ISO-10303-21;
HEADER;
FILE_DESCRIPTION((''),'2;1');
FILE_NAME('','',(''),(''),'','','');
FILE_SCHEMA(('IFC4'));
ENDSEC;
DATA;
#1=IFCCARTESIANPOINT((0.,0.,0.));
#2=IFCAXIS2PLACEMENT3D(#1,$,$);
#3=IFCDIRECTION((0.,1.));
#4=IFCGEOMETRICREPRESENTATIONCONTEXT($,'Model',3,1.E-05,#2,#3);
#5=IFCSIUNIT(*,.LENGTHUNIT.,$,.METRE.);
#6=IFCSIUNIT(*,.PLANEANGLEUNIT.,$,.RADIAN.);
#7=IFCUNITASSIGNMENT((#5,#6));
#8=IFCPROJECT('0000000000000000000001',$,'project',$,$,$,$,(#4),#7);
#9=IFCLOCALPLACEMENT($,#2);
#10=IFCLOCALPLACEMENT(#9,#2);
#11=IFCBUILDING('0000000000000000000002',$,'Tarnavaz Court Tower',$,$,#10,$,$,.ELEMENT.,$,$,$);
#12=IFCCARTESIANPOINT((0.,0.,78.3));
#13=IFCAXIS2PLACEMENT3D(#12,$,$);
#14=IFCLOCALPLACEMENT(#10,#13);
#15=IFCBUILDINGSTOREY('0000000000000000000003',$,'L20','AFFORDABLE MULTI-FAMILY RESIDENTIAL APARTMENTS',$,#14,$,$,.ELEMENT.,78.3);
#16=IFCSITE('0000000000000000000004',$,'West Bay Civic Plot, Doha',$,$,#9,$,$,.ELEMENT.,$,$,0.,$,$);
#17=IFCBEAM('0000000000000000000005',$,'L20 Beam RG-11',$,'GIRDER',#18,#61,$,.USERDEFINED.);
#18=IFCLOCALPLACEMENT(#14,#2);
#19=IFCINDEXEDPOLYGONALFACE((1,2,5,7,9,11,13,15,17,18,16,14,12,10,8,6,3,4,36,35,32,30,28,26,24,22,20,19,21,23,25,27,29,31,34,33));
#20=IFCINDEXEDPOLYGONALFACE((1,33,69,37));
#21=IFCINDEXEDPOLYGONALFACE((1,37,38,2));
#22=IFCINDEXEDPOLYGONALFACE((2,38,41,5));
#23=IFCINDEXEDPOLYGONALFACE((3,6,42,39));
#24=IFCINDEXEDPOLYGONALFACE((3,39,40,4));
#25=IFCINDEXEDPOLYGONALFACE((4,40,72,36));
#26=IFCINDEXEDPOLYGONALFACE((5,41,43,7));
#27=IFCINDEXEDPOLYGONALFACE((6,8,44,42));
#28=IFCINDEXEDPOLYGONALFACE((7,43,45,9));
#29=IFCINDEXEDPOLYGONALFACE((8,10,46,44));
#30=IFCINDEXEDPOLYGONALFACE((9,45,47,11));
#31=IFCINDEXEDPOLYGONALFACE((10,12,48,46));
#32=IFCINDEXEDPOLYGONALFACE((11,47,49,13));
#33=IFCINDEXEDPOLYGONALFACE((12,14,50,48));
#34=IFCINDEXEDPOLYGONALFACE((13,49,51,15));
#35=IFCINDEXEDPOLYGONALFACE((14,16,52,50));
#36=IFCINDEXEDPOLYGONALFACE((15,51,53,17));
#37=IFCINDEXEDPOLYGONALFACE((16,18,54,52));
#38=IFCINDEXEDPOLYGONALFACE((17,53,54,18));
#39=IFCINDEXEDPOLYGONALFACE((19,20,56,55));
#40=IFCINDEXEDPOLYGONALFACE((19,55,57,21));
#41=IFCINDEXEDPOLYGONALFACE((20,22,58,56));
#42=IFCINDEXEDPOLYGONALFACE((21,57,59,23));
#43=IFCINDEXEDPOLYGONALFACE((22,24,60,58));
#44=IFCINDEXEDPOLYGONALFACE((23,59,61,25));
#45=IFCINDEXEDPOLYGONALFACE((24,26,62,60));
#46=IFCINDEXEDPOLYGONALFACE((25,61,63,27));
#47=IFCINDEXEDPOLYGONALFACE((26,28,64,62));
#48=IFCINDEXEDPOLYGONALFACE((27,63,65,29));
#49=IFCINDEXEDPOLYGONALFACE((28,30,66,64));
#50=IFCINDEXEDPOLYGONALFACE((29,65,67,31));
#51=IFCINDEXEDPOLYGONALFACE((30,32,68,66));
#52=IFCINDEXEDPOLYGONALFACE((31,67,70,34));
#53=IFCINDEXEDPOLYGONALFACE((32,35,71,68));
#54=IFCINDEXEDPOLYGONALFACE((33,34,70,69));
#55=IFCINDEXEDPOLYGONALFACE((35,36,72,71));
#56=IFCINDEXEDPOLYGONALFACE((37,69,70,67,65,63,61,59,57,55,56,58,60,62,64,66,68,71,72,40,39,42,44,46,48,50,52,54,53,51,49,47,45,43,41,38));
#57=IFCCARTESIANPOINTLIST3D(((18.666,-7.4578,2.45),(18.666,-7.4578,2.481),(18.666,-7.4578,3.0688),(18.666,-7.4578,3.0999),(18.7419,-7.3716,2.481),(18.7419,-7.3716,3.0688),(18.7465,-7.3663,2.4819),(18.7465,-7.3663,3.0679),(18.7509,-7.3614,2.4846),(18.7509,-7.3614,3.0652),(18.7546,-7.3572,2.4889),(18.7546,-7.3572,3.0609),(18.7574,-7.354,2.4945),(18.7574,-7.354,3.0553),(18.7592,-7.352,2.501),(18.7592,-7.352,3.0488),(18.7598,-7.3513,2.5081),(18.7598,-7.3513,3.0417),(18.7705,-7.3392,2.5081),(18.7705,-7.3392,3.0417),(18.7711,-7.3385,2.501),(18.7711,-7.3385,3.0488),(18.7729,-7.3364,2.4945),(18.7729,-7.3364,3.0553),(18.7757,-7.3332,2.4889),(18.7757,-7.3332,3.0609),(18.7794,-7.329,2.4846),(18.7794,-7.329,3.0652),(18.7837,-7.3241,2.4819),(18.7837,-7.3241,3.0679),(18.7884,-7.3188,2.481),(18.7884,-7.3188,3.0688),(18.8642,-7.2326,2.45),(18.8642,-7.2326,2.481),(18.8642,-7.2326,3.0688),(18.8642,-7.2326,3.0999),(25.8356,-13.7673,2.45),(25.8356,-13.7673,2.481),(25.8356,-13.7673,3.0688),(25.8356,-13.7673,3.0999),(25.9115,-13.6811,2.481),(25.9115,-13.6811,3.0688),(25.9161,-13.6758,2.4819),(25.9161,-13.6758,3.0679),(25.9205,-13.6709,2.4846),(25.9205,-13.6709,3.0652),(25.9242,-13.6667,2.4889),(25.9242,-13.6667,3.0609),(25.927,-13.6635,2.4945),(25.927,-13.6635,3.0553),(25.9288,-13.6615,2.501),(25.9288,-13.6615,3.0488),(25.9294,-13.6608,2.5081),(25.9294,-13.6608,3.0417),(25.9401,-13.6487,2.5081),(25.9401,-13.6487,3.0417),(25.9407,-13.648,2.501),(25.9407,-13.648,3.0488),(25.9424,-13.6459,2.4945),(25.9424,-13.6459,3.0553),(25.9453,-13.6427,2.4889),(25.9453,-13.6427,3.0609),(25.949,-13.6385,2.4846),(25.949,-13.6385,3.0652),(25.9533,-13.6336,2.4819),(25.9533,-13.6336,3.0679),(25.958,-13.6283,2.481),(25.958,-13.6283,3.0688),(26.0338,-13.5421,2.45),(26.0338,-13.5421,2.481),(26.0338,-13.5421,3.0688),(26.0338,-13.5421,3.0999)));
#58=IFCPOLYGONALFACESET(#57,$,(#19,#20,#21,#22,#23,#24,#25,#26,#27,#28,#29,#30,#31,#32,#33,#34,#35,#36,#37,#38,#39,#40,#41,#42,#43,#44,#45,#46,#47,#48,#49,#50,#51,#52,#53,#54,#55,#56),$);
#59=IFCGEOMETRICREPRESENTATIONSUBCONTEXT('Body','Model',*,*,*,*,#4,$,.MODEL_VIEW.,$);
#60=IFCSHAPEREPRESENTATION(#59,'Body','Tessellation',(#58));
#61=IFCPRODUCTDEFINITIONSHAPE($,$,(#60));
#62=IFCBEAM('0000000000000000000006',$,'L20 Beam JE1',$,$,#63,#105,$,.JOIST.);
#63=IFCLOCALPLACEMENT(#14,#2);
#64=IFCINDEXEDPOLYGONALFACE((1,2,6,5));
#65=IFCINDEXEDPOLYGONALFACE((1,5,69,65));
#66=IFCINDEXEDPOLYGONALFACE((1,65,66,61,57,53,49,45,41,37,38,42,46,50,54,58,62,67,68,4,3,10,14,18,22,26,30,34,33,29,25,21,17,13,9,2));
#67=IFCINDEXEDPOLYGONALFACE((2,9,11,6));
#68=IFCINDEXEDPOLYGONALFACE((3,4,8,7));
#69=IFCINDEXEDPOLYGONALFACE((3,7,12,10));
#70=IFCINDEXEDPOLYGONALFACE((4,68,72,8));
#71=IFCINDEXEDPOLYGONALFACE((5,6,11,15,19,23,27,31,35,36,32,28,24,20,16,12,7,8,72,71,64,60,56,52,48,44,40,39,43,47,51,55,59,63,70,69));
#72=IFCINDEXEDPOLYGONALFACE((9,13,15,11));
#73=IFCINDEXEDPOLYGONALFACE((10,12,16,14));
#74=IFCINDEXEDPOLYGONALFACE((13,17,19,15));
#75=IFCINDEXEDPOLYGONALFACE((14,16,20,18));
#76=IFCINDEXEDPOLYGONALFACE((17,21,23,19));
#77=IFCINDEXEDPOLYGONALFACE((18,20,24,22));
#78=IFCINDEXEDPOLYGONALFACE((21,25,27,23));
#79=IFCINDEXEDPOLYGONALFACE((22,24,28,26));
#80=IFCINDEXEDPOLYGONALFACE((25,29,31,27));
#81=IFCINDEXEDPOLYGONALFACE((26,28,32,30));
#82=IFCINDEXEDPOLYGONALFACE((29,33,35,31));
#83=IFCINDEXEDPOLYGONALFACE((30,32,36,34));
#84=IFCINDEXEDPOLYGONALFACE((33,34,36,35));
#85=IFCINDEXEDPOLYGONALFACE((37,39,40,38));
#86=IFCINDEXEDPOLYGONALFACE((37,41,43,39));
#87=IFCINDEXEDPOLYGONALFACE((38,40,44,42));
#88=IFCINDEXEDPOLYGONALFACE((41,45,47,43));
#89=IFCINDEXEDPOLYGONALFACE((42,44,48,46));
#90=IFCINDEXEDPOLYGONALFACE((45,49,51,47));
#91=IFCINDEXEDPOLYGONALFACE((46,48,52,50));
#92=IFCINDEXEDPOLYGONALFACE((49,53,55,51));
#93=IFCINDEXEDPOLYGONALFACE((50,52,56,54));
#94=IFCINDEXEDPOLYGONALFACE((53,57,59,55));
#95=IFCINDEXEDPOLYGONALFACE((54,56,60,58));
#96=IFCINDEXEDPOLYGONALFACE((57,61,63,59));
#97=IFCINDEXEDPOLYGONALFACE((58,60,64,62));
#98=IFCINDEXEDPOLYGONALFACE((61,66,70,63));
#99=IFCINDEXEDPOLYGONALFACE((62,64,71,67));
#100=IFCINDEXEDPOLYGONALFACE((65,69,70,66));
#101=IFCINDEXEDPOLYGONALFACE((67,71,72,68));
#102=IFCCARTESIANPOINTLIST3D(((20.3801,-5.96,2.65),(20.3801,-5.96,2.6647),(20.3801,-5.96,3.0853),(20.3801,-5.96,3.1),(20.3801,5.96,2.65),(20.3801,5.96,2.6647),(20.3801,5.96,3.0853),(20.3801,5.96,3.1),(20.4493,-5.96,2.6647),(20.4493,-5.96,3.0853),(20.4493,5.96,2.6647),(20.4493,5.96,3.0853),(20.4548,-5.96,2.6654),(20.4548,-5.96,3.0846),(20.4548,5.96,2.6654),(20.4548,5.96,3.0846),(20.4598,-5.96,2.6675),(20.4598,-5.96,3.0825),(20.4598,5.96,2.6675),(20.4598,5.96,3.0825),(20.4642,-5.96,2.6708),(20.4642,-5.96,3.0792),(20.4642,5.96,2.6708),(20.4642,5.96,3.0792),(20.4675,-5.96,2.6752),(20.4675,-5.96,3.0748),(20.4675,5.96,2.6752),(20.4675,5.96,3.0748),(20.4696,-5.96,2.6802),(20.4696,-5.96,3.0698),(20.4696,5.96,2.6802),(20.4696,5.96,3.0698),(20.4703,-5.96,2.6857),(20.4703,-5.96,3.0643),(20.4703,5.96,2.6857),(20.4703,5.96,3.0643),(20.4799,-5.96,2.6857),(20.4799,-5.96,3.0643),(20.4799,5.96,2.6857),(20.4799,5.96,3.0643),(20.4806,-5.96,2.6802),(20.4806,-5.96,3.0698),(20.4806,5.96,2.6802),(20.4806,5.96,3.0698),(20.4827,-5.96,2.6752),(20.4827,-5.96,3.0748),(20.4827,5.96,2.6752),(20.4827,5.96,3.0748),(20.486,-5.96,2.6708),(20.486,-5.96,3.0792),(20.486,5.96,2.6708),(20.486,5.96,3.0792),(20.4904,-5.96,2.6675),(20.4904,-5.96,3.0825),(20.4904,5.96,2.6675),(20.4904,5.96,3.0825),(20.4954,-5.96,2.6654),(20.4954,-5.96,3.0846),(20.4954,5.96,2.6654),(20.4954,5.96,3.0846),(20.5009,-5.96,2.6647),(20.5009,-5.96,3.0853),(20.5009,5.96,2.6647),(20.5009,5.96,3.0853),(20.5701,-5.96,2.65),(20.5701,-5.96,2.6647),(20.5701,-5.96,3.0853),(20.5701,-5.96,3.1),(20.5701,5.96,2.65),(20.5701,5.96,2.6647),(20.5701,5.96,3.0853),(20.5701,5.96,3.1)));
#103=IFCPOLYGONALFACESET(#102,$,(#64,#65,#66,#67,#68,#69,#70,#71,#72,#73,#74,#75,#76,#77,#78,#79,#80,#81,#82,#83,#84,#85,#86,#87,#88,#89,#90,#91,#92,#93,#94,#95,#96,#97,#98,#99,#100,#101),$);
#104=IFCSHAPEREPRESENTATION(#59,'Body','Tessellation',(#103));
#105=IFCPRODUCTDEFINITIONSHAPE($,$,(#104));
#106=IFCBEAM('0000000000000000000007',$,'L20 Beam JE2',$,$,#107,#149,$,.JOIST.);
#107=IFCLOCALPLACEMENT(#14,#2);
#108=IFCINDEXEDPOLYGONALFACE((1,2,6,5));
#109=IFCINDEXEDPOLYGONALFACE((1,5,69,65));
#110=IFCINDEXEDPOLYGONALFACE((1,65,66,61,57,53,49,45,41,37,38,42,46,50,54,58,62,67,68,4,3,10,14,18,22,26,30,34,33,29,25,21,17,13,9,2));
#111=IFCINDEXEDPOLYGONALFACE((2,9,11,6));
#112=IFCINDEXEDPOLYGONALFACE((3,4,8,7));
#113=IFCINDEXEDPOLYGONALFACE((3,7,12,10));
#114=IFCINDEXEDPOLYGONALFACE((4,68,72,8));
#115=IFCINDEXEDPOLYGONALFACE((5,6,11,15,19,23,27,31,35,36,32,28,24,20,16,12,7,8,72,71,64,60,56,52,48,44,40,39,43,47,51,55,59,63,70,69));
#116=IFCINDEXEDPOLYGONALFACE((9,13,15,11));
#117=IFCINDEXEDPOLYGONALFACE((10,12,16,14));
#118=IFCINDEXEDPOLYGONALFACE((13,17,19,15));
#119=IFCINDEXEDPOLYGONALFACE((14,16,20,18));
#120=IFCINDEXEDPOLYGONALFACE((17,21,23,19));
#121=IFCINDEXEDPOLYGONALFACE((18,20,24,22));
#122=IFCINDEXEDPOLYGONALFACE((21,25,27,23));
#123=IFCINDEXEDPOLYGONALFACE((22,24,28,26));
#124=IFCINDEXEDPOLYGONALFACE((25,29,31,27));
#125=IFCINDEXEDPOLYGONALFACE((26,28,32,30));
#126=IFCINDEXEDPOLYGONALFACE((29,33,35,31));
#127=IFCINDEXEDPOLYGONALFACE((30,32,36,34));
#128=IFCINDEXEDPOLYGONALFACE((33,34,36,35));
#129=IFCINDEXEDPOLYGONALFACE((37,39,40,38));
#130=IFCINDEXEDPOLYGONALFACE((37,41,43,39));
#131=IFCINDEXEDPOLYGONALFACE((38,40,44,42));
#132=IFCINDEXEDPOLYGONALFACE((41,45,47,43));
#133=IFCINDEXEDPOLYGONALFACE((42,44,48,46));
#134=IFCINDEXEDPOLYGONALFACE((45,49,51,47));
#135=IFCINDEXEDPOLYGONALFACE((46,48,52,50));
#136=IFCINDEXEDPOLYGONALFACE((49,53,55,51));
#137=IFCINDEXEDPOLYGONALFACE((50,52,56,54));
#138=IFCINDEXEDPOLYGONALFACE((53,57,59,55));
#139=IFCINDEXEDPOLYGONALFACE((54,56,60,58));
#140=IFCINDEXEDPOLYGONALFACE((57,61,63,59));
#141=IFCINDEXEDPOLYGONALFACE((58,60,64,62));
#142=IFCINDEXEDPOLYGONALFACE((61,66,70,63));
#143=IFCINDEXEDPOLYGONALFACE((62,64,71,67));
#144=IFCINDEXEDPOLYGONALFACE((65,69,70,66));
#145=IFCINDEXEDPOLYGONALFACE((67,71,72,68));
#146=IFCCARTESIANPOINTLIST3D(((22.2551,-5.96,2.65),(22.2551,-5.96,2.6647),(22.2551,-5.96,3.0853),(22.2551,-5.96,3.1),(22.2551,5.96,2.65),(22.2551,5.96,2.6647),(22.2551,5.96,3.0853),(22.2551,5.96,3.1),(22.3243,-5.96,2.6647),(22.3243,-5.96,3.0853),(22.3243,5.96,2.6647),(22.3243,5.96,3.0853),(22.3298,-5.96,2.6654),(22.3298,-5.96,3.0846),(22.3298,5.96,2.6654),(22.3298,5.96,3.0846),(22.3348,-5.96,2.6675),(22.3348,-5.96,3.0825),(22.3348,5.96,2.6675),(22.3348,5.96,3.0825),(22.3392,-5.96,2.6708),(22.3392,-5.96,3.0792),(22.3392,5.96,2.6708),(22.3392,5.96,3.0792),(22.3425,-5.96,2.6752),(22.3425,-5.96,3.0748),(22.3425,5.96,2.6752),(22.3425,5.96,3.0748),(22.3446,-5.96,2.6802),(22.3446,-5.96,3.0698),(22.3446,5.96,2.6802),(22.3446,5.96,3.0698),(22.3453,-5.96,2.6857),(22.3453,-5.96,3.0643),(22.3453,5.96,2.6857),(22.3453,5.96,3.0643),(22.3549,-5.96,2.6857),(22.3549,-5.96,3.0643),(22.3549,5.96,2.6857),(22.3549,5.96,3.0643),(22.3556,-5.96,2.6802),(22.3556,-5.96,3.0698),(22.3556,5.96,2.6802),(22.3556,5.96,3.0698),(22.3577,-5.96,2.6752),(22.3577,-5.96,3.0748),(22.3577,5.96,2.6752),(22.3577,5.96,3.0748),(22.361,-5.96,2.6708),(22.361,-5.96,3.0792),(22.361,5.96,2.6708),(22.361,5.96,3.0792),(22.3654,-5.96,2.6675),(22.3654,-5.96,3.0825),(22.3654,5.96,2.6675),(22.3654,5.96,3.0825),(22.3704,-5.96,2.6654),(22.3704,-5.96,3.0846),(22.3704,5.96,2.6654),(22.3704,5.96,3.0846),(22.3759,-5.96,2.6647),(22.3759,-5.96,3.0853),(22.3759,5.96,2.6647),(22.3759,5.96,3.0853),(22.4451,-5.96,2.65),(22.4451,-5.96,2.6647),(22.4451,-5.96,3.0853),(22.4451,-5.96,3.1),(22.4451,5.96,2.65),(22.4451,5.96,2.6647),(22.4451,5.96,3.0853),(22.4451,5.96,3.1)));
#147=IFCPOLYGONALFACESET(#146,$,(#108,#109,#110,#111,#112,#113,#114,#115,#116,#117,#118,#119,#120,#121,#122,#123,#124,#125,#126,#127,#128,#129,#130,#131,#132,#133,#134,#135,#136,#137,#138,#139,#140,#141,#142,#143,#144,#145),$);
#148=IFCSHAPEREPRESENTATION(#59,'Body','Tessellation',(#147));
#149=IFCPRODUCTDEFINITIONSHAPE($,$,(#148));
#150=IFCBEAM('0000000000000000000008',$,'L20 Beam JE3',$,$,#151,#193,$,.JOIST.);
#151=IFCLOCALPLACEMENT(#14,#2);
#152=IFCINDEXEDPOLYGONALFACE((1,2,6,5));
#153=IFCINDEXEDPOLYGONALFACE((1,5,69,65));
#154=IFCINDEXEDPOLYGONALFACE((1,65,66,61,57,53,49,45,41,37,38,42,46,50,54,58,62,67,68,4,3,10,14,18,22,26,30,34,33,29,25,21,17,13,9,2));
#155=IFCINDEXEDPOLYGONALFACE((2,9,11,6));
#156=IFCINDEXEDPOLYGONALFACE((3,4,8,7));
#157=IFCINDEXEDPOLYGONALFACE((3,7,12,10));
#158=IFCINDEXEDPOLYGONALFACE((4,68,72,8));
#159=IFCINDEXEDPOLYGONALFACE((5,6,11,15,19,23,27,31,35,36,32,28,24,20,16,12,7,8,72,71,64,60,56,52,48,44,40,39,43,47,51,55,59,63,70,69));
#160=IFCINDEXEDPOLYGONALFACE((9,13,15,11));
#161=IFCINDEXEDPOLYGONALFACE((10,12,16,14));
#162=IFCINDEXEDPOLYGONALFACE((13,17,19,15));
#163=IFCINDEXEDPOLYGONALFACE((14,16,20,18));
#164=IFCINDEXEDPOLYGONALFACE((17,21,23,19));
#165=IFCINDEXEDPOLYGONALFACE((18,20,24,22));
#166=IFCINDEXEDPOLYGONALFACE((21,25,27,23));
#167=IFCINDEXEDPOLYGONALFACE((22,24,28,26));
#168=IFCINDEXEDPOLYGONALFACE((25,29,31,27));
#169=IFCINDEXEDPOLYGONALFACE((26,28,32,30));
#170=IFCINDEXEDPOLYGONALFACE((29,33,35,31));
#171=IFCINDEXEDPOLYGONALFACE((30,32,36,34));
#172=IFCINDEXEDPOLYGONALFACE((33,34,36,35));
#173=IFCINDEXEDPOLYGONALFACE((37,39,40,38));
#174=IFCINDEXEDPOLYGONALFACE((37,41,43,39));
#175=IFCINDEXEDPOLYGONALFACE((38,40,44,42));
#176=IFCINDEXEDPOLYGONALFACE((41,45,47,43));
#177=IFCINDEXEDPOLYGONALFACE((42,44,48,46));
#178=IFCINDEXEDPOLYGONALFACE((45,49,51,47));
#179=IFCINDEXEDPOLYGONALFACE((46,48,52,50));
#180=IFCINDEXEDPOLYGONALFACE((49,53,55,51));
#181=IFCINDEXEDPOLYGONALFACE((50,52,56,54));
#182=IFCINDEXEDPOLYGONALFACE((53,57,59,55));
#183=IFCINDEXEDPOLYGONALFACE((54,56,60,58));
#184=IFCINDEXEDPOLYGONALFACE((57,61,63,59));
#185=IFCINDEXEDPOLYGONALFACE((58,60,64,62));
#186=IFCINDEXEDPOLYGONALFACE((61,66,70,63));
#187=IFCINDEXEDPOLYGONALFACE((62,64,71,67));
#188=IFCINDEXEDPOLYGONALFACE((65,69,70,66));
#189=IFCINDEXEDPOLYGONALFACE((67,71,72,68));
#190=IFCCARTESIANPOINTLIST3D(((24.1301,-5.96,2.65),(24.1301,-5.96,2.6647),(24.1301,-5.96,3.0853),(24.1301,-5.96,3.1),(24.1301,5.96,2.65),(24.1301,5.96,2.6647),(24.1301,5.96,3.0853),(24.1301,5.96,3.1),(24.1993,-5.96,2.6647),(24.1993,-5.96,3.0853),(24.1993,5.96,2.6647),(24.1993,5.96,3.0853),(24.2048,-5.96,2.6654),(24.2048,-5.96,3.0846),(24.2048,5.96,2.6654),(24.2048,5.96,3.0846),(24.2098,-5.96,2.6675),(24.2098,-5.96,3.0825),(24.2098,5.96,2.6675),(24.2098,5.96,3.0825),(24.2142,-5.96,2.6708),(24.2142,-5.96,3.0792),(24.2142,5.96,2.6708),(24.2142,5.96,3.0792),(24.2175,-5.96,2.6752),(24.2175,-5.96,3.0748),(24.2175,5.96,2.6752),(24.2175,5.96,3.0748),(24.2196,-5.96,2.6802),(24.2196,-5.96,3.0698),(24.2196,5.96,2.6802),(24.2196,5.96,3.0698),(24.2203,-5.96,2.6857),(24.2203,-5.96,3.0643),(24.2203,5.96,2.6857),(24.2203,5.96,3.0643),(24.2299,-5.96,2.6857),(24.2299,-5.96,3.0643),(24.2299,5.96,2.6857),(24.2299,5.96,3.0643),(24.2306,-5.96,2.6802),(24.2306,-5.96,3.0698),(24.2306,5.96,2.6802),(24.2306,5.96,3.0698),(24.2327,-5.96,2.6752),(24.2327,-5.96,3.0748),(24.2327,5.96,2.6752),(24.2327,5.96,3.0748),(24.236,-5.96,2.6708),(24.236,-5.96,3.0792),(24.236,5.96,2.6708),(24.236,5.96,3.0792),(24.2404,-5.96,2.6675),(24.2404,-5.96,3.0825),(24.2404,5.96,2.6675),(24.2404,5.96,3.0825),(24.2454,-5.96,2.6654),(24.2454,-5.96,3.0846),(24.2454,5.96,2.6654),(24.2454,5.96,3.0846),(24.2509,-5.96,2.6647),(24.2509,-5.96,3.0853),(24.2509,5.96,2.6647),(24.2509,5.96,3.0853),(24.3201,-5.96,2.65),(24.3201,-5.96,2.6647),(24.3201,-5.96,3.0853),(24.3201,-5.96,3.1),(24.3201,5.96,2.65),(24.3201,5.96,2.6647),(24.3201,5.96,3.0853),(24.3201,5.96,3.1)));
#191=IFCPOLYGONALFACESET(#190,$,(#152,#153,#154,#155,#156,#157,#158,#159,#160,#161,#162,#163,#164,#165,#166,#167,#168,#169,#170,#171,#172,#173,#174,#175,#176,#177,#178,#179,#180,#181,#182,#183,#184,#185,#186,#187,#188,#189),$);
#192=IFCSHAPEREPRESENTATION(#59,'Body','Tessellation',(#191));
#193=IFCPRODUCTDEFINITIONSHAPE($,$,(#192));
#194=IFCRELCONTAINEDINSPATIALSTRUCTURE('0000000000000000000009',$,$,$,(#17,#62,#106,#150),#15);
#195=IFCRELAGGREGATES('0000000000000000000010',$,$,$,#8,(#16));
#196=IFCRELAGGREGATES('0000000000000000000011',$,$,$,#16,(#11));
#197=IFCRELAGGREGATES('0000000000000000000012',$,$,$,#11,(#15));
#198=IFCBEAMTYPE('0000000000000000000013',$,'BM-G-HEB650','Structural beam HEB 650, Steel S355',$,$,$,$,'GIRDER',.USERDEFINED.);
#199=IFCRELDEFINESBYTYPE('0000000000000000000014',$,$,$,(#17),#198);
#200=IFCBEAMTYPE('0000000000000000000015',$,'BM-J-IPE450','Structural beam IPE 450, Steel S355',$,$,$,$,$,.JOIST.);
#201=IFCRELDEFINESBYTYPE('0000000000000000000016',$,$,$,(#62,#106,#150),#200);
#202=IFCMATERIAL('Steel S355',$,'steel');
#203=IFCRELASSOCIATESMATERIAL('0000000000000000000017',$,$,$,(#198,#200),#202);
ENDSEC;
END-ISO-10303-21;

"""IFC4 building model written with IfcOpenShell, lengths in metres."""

from ifc_helpers import new_model, si_unit, direction, frame, origin, origin_2d, place, context, subcontext, project, spatial, i_section, extrude, material, material_profile, profile_set, type_object, element, save


model = new_model("IFC4")

# Units and contexts
model_context = context("Model", 3, precision=1e-05, world=origin(), true_north=direction((0.0, 1.0)))
body_context = subcontext(model_context, "Body", "Model", "MODEL_VIEW")
ifc_project = project(units=[si_unit("LENGTHUNIT", "METRE"), si_unit("PLANEANGLEUNIT", "RADIAN")], contexts=[model_context])

# Site, building, storey
site_placement = place(None, origin())
site = spatial("IfcSite", under=ifc_project, at=site_placement, Name="West Bay Civic Plot, Doha", CompositionType="ELEMENT", RefElevation=0.0)
building_placement = place(site_placement, origin())
building = spatial("IfcBuilding", under=site, at=building_placement, Name="Tarnavaz Court Tower", CompositionType="ELEMENT")
storey_placement = place(building_placement, frame((0.0, 0.0, 78.3)))
storey = spatial("IfcBuildingStorey", under=building, at=storey_placement, Name="L20", Description="AFFORDABLE MULTI-FAMILY RESIDENTIAL APARTMENTS", CompositionType="ELEMENT", Elevation=78.3)

# Beams
ifc_material_1 = material(Name="Steel S355", Category="steel")
ifc_material_profile_1 = material_profile(ifc_material_1, i_section(OverallWidth=0.3, OverallDepth=0.6499, WebThickness=0.0161, FlangeThickness=0.031, FilletRadius=0.0271, at=origin_2d()), Name="HEB 650")
ifc_profile_set_1 = profile_set([ifc_material_profile_1], Name="Steel S355")
beam_type_1 = type_object("IfcBeamType", Name="BM-G-HEB650", Description="Structural beam HEB 650, Steel S355", ElementType="GIRDER", PredefinedType="USERDEFINED", material=ifc_profile_set_1)
beam_1_placement = place(storey_placement, frame((18.7651, -7.3452, 2.7749), z_axis=(0.7507, -0.660643, 0.0), x_axis=(0.660643, 0.7507, 0.0)))
element("IfcBeam", 1, at=beam_1_placement, inside=storey, type_object=beam_type_1, Name="L20 Beam RG-11", ObjectType="GIRDER", PredefinedType="USERDEFINED", context=body_context, shape_type="SweptSolid", body=[
    extrude(i_section(OverallWidth=0.3, OverallDepth=0.6499, WebThickness=0.0161, FlangeThickness=0.031, FilletRadius=0.0271, at=origin_2d()), origin(), (0.0, 0.0, 1.0), 9.5505),
])
ifc_material_profile_2 = material_profile(ifc_material_1, i_section(OverallWidth=0.1899, OverallDepth=0.45, WebThickness=0.0095, FlangeThickness=0.0146, FilletRadius=0.021, at=origin_2d()), Name="IPE 450")
ifc_profile_set_2 = profile_set([ifc_material_profile_2], Name="Steel S355")
beam_type_2 = type_object("IfcBeamType", Name="BM-J-IPE450", Description="Structural beam IPE 450, Steel S355", PredefinedType="JOIST", material=ifc_profile_set_2)
for number, where, z_axis, x_axis, name in (
    (2, (20.4751, -5.96, 2.875), (0.0, 1.0, 0.0), (-1.0, 0.0, 0.0), "L20 Beam JE1"),
    (3, (22.3501, -5.96, 2.875), (0.0, 1.0, 0.0), (-1.0, 0.0, 0.0), "L20 Beam JE2"),
    (4, (24.2251, -5.96, 2.875), (0.0, 1.0, 0.0), (-1.0, 0.0, 0.0), "L20 Beam JE3"),
):
    element("IfcBeam", number, at=place(storey_placement, frame(where, z_axis=z_axis, x_axis=x_axis)), inside=storey, type_object=beam_type_2, Name=name, PredefinedType="JOIST", context=body_context, shape_type="SweptSolid", body=[
        extrude(i_section(OverallWidth=0.1899, OverallDepth=0.45, WebThickness=0.0095, FlangeThickness=0.0146, FilletRadius=0.021, at=origin_2d()), origin(), (0.0, 0.0, 1.0), 11.9199),
    ])

save(model, "model.ifc")
